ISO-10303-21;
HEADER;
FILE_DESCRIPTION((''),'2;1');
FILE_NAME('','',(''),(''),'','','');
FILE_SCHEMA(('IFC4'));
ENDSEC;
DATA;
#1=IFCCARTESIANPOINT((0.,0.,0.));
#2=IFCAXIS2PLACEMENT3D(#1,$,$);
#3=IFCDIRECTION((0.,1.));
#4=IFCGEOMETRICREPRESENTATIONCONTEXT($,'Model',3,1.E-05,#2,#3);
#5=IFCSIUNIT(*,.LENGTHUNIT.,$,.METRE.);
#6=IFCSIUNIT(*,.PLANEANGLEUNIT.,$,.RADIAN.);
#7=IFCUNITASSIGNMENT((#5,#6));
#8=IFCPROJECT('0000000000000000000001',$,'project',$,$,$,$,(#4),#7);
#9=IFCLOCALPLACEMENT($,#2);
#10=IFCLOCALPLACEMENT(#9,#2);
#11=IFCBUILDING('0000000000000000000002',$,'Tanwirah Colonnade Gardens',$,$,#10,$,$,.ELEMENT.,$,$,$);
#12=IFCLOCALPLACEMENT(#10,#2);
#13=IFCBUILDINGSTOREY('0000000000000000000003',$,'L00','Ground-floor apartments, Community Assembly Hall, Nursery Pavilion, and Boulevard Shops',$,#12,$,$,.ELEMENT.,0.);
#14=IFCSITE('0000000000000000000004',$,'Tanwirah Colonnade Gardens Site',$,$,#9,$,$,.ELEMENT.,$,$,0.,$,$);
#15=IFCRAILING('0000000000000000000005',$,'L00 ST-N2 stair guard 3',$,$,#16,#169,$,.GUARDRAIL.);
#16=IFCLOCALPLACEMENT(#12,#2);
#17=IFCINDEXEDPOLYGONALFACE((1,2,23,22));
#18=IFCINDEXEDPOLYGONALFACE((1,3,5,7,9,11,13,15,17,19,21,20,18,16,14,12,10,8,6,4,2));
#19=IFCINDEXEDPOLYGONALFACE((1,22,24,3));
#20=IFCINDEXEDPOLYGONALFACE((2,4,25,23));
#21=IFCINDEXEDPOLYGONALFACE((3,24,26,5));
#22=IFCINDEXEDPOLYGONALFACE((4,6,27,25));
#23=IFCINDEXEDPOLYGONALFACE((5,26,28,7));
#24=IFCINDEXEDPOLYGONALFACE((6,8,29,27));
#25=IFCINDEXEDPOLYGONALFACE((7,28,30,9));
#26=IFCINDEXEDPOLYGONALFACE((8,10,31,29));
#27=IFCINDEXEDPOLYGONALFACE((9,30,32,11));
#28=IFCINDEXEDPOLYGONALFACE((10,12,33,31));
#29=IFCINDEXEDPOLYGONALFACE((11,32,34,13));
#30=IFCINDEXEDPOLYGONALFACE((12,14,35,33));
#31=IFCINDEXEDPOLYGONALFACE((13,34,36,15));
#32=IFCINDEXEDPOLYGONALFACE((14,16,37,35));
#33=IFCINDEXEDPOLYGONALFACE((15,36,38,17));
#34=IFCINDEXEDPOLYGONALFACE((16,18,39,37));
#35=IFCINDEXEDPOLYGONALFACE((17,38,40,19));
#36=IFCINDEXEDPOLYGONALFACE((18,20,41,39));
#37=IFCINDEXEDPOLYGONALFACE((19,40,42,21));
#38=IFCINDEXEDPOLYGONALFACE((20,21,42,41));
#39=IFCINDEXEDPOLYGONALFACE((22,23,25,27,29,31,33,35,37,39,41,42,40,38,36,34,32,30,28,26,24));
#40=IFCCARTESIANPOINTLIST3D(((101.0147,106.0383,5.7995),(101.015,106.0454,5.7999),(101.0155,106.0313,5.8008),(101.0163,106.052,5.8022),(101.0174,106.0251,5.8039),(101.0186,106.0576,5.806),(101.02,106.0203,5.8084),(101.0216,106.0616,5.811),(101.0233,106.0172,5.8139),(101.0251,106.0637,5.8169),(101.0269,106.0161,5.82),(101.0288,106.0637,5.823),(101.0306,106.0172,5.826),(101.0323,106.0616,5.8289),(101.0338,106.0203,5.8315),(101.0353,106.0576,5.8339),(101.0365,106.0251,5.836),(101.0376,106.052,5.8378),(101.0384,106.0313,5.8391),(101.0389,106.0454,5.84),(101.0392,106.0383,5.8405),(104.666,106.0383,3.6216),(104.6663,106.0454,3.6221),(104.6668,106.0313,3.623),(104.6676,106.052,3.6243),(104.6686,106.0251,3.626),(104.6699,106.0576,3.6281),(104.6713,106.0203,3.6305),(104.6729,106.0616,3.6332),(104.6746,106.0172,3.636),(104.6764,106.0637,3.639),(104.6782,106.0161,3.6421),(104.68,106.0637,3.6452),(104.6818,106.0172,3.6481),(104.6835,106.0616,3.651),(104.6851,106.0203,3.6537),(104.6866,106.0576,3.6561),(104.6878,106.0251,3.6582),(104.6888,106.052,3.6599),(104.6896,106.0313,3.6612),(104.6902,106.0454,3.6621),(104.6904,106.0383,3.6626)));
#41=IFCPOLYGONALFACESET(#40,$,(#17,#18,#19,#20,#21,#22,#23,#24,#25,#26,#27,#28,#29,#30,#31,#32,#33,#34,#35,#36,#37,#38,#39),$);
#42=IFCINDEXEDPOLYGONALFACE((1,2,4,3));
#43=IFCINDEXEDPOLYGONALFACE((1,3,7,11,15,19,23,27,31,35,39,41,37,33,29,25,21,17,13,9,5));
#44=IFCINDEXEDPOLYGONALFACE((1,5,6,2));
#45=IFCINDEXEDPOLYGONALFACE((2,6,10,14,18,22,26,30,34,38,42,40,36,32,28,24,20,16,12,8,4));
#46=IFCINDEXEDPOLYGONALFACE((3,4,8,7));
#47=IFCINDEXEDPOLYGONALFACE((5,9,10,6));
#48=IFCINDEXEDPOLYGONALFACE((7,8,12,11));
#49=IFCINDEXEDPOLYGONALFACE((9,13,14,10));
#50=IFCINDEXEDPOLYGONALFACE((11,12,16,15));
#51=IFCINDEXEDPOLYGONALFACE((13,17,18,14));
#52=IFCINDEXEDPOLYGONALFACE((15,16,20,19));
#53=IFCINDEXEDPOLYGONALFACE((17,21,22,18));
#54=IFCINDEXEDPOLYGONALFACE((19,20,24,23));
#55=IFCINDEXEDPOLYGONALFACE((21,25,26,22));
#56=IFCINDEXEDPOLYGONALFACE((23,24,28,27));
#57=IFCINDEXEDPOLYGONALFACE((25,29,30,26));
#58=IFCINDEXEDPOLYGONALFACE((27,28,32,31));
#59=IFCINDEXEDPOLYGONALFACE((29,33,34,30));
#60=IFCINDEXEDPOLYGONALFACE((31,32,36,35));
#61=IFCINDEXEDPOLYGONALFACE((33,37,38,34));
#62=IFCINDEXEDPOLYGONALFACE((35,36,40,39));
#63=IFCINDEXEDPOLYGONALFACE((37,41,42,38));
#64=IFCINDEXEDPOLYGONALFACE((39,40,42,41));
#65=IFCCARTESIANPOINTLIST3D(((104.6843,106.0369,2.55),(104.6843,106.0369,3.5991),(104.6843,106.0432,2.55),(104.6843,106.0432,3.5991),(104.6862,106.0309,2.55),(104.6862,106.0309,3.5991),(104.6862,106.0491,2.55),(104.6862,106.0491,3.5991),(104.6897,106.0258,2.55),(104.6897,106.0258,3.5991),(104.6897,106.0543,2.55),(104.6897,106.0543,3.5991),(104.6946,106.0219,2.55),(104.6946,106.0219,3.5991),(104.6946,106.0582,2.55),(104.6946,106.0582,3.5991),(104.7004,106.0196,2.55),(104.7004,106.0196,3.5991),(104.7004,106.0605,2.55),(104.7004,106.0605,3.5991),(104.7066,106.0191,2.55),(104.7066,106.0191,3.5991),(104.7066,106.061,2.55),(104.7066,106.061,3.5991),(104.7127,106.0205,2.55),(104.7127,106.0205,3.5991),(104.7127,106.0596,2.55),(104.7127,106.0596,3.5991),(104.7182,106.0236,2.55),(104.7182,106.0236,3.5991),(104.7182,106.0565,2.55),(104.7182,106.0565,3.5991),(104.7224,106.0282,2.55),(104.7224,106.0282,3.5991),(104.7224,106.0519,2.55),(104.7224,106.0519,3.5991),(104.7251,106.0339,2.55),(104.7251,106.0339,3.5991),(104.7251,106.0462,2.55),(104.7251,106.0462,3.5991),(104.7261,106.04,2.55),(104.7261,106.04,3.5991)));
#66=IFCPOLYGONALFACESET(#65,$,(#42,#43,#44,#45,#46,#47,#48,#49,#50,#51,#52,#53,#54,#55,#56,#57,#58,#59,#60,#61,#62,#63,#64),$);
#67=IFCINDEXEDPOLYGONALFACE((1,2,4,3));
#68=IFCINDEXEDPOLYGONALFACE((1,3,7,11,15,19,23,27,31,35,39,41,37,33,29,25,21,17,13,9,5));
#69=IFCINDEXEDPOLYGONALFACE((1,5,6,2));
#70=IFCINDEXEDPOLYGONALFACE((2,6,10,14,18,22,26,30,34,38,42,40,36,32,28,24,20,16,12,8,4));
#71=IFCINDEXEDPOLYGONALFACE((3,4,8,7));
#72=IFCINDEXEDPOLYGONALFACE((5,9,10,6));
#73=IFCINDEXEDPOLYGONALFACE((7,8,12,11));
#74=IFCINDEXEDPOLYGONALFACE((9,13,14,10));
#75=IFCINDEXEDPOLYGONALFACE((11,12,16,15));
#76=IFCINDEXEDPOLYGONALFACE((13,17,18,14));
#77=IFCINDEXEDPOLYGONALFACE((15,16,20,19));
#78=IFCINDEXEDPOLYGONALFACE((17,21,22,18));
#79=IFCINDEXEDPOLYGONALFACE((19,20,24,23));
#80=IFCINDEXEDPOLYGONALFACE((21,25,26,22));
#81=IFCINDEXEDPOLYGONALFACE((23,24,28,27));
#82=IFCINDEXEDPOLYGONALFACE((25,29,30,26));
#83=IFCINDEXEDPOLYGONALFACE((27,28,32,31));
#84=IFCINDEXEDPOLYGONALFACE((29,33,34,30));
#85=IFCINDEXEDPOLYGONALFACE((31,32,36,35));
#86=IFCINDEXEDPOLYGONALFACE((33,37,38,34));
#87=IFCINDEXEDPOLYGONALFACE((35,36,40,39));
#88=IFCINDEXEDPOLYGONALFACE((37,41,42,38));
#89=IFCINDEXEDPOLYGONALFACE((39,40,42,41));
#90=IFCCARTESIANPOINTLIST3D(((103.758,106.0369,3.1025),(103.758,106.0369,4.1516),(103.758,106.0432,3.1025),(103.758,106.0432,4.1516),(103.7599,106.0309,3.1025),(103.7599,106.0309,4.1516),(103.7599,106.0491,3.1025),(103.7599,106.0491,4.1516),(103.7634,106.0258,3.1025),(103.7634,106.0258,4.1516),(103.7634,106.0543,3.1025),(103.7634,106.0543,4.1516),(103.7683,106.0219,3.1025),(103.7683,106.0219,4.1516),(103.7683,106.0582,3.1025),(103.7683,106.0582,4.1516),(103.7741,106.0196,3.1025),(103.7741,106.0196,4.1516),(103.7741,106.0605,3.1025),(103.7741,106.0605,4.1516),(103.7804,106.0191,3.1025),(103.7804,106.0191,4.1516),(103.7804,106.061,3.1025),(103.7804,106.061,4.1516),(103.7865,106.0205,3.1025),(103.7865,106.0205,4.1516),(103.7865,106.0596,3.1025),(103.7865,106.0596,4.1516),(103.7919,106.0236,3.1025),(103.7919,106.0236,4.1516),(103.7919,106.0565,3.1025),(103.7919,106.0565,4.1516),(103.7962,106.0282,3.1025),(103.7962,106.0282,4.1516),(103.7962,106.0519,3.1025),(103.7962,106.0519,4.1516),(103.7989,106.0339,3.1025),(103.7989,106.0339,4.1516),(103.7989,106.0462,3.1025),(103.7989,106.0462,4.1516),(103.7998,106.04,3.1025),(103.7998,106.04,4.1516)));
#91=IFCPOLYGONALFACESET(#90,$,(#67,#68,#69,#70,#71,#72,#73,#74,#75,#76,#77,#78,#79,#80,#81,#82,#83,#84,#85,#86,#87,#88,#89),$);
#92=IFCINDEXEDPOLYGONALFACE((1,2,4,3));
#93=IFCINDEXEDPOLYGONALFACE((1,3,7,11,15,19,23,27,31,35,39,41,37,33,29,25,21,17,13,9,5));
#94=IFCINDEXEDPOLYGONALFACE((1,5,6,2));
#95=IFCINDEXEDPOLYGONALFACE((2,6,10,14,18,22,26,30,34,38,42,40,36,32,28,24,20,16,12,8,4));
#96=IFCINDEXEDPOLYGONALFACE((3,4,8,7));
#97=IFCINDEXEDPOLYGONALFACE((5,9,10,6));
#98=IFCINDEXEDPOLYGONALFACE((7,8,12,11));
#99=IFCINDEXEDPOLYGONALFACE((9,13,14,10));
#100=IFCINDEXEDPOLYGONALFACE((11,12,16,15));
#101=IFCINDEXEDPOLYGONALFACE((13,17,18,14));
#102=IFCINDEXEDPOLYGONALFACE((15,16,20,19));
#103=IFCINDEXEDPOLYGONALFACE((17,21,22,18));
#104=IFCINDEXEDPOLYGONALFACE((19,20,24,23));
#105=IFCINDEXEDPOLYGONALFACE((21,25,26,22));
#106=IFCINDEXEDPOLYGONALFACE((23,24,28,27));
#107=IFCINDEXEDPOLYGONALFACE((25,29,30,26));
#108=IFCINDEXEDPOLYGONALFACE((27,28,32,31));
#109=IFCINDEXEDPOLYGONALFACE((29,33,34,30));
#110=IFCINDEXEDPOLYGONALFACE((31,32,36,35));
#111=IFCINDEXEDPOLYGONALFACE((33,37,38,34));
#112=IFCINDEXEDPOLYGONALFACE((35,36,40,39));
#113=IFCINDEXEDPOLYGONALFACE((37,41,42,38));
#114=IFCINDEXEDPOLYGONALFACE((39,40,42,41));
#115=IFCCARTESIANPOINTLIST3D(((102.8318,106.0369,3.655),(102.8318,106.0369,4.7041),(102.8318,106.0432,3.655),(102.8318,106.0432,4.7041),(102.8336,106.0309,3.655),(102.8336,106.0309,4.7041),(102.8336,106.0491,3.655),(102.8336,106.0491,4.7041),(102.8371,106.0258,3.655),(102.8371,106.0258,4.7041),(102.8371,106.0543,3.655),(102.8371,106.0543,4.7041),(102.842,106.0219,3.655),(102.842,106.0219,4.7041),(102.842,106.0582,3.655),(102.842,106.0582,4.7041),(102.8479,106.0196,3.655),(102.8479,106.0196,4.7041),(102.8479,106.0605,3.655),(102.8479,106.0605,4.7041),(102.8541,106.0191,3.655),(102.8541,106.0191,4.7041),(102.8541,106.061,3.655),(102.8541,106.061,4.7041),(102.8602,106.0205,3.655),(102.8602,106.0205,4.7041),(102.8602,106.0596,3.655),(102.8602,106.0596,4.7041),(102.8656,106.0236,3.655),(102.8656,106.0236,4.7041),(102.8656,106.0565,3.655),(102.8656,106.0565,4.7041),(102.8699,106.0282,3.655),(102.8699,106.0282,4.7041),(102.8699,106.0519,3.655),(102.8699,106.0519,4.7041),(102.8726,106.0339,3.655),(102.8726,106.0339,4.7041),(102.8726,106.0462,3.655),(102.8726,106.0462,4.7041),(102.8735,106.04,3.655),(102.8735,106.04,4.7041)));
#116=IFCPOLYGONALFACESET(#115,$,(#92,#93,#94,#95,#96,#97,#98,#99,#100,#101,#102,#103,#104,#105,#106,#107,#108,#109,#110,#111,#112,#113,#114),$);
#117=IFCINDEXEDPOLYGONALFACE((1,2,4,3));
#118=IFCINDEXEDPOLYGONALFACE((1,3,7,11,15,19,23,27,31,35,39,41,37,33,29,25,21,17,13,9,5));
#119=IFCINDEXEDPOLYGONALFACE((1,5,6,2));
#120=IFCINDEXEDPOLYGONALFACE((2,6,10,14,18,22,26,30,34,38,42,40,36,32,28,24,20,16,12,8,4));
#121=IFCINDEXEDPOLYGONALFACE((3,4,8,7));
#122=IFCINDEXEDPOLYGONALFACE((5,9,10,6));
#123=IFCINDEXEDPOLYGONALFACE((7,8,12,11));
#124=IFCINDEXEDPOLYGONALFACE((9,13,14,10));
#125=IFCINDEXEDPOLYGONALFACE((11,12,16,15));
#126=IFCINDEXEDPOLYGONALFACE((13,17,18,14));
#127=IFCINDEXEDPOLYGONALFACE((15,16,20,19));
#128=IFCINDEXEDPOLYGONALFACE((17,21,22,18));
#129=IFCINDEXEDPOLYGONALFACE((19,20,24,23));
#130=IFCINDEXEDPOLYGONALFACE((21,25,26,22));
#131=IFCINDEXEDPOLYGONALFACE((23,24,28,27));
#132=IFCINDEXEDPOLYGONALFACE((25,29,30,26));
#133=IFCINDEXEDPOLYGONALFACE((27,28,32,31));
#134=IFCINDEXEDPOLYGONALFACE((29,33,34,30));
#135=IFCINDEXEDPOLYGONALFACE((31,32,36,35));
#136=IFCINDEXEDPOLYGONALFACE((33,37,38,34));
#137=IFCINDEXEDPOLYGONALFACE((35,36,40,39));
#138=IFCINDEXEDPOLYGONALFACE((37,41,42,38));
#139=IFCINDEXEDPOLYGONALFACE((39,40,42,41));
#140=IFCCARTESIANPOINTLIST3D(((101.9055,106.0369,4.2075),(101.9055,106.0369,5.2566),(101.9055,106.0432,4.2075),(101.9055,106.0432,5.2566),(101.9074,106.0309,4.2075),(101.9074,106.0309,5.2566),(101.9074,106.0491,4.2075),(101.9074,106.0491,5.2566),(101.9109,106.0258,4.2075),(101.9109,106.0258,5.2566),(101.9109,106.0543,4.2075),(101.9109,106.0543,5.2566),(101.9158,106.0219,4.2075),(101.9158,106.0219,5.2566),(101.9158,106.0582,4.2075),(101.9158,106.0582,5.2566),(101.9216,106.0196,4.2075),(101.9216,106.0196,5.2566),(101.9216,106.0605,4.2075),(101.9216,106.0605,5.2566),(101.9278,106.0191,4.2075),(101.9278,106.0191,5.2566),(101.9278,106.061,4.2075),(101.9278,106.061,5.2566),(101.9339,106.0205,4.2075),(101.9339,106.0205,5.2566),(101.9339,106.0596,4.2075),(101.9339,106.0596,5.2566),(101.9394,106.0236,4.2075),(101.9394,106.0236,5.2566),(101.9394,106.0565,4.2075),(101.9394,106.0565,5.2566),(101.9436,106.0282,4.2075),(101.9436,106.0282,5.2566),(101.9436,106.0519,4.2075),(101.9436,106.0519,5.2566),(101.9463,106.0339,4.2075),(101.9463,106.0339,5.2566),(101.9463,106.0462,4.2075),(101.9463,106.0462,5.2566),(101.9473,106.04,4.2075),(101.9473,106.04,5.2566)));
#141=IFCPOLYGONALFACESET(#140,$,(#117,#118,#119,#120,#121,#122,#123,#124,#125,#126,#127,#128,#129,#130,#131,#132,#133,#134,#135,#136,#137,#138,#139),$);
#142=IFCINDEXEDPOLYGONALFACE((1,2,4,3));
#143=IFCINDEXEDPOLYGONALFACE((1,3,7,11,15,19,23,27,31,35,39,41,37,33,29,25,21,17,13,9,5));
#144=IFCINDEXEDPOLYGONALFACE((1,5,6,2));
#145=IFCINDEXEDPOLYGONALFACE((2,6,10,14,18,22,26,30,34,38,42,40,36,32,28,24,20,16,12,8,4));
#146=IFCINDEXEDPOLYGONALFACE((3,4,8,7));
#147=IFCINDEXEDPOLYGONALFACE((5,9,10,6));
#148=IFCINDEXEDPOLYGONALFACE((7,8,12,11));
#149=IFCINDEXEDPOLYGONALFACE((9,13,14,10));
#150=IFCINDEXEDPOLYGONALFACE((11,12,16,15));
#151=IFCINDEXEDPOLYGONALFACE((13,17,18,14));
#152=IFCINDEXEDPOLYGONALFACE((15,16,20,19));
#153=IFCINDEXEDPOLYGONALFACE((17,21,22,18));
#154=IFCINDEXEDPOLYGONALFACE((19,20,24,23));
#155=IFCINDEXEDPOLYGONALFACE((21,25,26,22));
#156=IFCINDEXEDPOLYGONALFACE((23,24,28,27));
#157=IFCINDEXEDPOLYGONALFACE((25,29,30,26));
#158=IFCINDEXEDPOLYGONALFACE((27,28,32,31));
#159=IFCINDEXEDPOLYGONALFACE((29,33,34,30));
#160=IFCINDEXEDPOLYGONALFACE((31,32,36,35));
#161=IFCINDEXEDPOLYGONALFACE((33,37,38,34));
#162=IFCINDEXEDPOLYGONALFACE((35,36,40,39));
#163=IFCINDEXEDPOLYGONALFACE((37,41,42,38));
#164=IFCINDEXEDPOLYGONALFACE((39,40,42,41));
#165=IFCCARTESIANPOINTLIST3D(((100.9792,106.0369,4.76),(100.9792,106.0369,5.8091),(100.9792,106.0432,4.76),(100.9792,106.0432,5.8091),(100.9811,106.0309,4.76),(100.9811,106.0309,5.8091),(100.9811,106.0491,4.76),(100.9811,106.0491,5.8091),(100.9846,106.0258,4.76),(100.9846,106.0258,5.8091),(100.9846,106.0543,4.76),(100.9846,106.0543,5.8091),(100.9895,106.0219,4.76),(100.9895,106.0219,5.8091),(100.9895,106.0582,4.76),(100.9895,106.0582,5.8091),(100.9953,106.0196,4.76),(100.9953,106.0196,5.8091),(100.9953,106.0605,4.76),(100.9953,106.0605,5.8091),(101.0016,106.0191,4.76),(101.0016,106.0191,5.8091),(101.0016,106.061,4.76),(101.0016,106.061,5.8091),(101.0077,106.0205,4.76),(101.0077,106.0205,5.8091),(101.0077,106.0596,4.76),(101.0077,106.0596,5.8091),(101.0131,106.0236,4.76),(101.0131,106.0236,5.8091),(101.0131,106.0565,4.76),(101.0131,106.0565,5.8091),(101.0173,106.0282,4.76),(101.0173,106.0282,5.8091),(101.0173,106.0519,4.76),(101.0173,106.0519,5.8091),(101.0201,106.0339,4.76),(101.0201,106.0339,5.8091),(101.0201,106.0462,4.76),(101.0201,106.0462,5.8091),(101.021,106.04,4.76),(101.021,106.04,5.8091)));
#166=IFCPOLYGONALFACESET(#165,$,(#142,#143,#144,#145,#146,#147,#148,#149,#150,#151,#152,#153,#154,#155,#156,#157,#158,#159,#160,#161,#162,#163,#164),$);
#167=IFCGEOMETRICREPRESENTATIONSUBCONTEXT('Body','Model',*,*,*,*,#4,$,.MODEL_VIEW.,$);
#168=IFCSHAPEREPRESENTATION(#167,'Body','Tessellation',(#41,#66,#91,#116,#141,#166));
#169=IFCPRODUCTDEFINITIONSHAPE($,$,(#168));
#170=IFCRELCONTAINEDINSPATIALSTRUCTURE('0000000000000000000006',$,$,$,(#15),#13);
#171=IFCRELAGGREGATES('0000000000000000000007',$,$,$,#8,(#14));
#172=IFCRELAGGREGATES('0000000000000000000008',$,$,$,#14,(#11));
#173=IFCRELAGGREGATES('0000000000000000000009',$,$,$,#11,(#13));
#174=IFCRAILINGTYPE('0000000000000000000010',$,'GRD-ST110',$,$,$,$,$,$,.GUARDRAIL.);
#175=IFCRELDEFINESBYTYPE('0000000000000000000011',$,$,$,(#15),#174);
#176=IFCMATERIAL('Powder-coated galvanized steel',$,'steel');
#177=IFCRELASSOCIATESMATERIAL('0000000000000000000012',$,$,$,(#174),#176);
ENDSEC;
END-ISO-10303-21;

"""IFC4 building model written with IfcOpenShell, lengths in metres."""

from ifc_helpers import new_model, si_unit, direction, frame, origin, origin_2d, place, context, subcontext, project, spatial, circle, extrude, material, type_object, element, save


model = new_model("IFC4")

# Units and contexts
model_context = context("Model", 3, precision=1e-05, world=origin(), true_north=direction((0.0, 1.0)))
body_context = subcontext(model_context, "Body", "Model", "MODEL_VIEW")
ifc_project = project(units=[si_unit("LENGTHUNIT", "METRE"), si_unit("PLANEANGLEUNIT", "RADIAN")], contexts=[model_context])

# Site, building, storey
site_placement = place(None, origin())
site = spatial("IfcSite", under=ifc_project, at=site_placement, Name="Tanwirah Colonnade Gardens Site", CompositionType="ELEMENT", RefElevation=0.0)
building_placement = place(site_placement, origin())
building = spatial("IfcBuilding", under=site, at=building_placement, Name="Tanwirah Colonnade Gardens", CompositionType="ELEMENT")
storey_placement = place(building_placement, origin())
storey = spatial("IfcBuildingStorey", under=building, at=storey_placement, Name="L00", Description="Ground-floor apartments, Community Assembly Hall, Nursery Pavilion, and Boulevard Shops", CompositionType="ELEMENT", Elevation=0.0)

# Railing
ifc_material_1 = material(Name="Powder-coated galvanized steel", Category="steel")
railing_type_1 = type_object("IfcRailingType", Name="GRD-ST110", PredefinedType="GUARDRAIL", material=ifc_material_1)
railing_1_placement = place(storey_placement, frame((104.7051, 106.04, 2.55)))
element("IfcRailing", 1, at=railing_1_placement, inside=storey, type_object=railing_type_1, Name="L00 ST-N2 stair guard 3", PredefinedType="GUARDRAIL", context=body_context, shape_type="SweptSolid", body=[
    extrude(circle(Radius=0.0239, at=origin_2d()), frame((-0.0269, 0.0, 1.092), z_axis=(-0.858828, 0.0, 0.512264), x_axis=(0.0, -1.0, 0.0)), (0.0, 0.0, 1.0), 4.2515),
    extrude(circle(Radius=0.021, at=origin_2d()), origin(), (0.0, 0.0, 1.0), 1.0491),
    extrude(circle(Radius=0.021, at=origin_2d()), frame((-0.9263, 0.0, 0.5525)), (0.0, 0.0, 1.0), 1.0491),
    extrude(circle(Radius=0.021, at=origin_2d()), frame((-1.8525, 0.0, 1.105)), (0.0, 0.0, 1.0), 1.0491),
    extrude(circle(Radius=0.021, at=origin_2d()), frame((-2.7788, 0.0, 1.6575)), (0.0, 0.0, 1.0), 1.0491),
    extrude(circle(Radius=0.021, at=origin_2d()), frame((-3.7051, 0.0, 2.21)), (0.0, 0.0, 1.0), 1.0491),
])

save(model, "model.ifc")
